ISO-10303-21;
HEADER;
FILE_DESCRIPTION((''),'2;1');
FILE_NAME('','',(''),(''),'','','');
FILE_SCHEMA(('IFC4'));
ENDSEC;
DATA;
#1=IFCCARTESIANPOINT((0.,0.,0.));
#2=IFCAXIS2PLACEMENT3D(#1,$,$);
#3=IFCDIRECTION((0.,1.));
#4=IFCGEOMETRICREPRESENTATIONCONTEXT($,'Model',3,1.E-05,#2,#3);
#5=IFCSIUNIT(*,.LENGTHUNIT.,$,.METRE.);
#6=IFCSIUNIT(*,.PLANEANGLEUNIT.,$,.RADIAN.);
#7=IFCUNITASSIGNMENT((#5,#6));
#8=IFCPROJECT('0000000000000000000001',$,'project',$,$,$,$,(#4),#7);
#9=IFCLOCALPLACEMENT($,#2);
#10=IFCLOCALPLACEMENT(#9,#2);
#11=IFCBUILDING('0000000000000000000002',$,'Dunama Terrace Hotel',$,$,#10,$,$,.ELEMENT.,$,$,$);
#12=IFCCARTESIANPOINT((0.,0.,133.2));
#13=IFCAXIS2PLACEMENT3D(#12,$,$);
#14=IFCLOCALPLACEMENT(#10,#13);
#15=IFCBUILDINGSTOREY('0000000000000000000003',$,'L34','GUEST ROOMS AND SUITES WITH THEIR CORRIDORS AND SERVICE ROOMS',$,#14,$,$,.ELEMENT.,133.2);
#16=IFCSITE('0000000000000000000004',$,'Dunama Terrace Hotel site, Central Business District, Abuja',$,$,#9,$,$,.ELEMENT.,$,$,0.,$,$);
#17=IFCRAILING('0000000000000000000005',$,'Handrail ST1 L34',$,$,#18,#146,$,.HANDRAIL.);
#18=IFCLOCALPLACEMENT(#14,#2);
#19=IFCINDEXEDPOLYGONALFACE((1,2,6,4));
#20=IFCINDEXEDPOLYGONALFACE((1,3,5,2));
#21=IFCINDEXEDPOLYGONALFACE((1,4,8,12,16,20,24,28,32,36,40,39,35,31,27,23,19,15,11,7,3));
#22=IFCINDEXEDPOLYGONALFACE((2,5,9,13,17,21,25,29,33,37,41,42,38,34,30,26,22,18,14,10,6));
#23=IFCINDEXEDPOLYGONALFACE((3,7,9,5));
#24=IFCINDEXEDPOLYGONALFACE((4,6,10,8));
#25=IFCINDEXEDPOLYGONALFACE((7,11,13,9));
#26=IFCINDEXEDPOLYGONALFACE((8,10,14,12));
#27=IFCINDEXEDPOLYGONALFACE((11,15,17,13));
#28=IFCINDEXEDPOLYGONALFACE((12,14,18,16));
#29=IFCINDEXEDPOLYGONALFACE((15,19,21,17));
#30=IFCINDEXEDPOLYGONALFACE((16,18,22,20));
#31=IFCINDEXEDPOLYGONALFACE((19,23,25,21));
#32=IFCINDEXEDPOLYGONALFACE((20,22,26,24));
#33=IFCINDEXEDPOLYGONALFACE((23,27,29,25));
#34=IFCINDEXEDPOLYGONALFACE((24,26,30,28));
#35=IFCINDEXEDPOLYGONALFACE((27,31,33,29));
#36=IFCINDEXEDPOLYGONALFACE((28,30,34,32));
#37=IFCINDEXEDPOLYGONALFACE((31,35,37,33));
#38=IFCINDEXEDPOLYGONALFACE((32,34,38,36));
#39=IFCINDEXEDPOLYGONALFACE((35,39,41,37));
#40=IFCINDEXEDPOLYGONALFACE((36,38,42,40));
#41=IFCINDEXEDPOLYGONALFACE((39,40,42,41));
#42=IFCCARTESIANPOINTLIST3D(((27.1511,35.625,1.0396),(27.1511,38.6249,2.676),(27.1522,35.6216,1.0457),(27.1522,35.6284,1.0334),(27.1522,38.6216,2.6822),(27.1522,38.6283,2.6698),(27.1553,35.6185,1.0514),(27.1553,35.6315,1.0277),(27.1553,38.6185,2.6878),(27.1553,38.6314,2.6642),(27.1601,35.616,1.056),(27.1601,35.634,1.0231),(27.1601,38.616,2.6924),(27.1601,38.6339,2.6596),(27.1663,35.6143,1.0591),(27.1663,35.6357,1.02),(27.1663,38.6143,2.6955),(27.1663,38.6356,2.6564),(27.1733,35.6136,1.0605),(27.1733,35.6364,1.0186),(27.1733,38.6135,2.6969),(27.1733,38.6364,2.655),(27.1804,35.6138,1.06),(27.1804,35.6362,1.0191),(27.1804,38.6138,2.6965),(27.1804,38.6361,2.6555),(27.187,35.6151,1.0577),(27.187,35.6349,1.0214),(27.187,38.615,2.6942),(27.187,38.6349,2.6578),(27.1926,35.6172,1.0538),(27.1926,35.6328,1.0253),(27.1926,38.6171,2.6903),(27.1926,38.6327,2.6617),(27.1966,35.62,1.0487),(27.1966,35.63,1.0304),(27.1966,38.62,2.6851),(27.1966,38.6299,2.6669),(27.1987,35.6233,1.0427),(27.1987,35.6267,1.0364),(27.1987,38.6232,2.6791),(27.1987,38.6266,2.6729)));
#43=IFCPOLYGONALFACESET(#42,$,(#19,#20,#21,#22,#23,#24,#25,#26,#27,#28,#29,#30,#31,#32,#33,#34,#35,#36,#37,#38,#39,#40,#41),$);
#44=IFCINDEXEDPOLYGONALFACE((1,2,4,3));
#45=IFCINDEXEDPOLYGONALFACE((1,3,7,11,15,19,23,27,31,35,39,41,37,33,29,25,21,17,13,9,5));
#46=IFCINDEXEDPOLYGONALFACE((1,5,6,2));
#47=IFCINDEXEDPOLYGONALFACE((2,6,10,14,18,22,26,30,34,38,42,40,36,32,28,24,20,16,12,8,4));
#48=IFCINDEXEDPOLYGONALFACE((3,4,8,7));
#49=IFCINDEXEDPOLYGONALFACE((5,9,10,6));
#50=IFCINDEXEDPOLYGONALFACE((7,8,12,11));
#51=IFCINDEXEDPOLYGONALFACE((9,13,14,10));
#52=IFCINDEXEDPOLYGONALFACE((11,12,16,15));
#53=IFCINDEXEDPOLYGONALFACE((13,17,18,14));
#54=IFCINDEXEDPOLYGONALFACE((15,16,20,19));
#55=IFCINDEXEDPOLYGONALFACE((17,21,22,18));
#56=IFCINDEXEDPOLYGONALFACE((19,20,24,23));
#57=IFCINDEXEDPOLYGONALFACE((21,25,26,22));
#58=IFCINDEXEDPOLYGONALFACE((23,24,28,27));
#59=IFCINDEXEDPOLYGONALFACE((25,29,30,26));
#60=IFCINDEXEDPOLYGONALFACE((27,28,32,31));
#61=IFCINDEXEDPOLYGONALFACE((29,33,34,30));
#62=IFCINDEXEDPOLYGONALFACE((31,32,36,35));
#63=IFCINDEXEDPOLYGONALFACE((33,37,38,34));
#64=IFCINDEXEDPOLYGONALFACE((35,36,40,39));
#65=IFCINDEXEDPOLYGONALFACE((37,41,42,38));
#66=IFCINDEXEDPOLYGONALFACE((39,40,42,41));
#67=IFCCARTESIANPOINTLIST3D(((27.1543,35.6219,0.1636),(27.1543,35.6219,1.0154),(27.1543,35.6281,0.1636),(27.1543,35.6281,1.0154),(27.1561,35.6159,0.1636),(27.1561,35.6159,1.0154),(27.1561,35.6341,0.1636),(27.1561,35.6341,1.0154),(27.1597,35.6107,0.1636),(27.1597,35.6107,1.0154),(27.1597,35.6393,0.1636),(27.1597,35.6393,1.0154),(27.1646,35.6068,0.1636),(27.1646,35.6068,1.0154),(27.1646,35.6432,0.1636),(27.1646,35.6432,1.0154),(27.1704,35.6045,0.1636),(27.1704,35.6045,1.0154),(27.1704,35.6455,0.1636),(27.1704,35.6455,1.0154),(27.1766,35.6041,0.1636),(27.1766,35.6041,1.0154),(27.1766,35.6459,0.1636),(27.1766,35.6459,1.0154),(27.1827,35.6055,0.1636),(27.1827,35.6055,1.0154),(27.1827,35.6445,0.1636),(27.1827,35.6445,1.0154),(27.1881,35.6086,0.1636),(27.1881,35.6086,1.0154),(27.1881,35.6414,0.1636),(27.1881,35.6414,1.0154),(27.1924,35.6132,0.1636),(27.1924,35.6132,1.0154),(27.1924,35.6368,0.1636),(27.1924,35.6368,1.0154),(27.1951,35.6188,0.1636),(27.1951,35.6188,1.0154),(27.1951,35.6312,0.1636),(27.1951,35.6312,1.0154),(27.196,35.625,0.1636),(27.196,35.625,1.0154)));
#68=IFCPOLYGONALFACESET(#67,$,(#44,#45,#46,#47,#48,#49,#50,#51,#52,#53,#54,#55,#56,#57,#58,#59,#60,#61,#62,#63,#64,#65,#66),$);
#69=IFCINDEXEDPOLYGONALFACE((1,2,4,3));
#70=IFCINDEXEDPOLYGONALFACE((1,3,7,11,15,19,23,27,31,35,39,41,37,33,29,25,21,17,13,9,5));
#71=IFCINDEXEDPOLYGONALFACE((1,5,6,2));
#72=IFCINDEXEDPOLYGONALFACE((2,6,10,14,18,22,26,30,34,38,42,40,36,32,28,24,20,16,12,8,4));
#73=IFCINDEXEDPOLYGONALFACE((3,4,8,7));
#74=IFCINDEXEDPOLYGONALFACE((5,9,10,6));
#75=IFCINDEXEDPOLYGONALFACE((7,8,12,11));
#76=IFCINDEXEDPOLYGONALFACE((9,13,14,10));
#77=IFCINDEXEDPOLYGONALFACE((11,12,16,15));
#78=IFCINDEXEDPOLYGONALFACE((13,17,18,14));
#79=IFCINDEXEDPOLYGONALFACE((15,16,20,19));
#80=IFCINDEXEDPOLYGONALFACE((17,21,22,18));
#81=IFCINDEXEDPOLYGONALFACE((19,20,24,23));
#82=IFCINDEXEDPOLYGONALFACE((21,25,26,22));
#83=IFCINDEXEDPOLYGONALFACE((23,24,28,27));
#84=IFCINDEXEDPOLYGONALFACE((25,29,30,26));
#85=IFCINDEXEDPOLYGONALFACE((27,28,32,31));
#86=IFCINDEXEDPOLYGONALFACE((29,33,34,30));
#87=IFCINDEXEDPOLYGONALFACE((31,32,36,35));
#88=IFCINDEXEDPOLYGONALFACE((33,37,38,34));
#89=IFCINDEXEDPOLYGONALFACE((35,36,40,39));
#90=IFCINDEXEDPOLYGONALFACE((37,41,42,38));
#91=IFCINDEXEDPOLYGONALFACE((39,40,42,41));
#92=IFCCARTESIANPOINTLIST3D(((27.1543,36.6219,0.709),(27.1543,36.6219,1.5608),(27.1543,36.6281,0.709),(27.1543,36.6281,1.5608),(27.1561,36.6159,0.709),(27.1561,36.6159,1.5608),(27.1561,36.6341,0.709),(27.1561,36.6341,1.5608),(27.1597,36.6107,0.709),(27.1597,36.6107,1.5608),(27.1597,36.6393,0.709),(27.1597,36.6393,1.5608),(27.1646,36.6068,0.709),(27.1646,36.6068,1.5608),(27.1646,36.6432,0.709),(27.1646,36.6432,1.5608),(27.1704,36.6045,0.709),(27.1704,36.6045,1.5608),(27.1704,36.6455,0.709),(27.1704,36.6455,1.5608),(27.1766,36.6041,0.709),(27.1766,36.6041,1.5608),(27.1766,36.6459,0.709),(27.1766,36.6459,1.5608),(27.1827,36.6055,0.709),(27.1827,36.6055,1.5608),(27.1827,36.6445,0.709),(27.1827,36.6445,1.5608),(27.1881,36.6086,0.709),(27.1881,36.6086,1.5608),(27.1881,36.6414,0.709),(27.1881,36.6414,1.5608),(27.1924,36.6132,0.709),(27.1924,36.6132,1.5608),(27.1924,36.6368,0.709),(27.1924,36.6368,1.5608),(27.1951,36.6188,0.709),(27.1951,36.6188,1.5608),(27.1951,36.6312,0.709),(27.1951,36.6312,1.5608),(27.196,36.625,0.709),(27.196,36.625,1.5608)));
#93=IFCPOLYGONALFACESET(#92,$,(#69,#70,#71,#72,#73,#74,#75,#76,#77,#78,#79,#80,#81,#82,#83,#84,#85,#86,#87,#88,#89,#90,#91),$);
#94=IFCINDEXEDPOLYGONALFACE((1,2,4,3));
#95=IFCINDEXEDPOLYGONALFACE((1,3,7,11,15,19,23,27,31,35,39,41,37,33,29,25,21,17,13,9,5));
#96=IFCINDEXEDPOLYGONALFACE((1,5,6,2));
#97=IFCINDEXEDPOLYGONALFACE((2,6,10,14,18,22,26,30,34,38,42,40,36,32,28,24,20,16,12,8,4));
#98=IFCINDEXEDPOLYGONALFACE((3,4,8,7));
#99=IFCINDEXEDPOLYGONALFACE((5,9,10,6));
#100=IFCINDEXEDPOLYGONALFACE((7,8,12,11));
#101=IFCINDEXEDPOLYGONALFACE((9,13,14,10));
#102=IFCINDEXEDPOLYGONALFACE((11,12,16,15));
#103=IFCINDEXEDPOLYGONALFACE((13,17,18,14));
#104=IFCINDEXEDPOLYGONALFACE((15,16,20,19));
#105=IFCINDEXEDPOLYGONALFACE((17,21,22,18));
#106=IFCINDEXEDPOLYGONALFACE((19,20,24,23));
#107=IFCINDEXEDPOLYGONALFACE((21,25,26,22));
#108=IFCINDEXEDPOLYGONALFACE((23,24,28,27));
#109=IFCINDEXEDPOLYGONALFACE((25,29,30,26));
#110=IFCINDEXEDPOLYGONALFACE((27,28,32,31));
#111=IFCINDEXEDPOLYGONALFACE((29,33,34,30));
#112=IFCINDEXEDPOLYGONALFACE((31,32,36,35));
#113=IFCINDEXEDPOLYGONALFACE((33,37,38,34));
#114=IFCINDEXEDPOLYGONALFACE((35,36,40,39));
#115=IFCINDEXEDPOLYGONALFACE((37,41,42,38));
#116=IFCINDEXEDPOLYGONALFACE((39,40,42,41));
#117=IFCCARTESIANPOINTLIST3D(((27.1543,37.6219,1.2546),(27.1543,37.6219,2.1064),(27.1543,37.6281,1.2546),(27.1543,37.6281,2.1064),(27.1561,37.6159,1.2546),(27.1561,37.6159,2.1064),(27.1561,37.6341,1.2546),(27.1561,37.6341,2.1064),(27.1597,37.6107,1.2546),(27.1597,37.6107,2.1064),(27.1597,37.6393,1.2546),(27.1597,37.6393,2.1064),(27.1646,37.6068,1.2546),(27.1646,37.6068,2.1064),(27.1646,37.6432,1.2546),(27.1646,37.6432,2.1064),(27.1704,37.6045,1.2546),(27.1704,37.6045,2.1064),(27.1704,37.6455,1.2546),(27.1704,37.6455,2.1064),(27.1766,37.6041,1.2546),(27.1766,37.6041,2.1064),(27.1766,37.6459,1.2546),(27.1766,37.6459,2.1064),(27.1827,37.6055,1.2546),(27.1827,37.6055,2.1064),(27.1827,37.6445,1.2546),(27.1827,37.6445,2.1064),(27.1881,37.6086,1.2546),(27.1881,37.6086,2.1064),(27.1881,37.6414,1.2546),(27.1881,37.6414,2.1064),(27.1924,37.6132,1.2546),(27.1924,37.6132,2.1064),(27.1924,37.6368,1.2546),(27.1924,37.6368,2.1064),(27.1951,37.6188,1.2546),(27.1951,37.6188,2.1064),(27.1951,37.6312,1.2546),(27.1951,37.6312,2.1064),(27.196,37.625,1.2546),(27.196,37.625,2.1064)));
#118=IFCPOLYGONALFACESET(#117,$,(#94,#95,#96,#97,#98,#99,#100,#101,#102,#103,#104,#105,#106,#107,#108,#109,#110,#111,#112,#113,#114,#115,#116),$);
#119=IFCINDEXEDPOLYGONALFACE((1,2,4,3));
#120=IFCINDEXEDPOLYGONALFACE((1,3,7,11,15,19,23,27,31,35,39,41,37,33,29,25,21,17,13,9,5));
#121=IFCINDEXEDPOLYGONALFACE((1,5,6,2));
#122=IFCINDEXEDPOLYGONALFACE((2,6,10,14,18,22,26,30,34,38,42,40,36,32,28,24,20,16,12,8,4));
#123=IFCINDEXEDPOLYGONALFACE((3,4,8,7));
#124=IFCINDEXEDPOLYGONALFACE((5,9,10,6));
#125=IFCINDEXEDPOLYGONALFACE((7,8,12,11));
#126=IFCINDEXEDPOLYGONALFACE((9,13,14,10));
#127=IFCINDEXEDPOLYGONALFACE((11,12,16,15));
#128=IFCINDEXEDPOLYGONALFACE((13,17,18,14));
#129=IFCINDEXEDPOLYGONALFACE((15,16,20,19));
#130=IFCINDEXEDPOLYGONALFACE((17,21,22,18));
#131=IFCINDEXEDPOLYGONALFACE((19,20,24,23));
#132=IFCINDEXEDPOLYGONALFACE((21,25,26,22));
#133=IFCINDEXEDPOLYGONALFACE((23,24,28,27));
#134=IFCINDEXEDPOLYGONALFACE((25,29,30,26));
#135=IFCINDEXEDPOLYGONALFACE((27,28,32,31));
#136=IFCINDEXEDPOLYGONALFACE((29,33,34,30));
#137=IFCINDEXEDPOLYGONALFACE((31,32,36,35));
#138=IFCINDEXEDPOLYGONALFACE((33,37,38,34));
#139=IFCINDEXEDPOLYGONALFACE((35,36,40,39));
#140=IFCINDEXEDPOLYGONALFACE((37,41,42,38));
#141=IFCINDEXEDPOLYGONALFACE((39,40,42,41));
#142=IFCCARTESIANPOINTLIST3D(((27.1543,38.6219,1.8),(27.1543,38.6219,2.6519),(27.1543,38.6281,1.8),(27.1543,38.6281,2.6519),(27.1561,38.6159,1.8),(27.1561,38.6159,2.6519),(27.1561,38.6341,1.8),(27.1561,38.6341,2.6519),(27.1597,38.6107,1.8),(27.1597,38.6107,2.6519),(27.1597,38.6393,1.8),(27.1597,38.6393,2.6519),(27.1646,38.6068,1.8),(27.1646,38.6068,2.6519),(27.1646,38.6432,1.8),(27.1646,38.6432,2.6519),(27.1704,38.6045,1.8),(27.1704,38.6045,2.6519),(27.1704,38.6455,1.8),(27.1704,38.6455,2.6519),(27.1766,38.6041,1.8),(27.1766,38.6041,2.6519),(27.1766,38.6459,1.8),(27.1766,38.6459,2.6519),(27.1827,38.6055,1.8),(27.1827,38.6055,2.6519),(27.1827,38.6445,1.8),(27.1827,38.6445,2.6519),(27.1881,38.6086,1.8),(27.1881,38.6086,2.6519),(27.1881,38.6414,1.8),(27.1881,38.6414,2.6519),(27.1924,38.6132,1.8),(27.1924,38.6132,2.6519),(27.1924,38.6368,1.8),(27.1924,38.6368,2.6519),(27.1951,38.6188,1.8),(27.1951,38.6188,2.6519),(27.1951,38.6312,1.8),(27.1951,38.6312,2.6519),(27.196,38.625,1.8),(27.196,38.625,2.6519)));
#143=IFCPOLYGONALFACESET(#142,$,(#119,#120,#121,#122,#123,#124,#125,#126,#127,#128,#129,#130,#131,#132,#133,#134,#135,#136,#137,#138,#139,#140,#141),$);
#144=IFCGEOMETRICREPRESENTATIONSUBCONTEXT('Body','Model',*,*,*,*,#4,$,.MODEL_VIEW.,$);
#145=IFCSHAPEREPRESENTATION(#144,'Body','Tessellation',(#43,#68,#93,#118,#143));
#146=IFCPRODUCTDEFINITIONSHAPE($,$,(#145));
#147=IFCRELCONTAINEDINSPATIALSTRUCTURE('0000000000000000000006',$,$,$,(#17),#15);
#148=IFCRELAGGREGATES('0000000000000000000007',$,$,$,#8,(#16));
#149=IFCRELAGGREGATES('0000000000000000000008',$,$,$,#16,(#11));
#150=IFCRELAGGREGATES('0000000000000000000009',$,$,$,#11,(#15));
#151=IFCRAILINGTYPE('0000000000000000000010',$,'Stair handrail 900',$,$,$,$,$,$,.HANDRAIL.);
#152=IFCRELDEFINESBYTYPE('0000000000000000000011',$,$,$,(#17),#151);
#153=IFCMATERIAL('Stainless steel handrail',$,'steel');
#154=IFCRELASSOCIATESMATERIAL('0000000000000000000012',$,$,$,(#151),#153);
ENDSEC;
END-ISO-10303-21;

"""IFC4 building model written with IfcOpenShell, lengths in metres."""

from ifc_helpers import new_model, si_unit, direction, frame, origin, origin_2d, place, context, subcontext, project, spatial, circle, extrude, material, type_object, element, save


model = new_model("IFC4")

# Units and contexts
model_context = context("Model", 3, precision=1e-05, world=origin(), true_north=direction((0.0, 1.0)))
body_context = subcontext(model_context, "Body", "Model", "MODEL_VIEW")
ifc_project = project(units=[si_unit("LENGTHUNIT", "METRE"), si_unit("PLANEANGLEUNIT", "RADIAN")], contexts=[model_context])

# Site, building, storey
site_placement = place(None, origin())
site = spatial("IfcSite", under=ifc_project, at=site_placement, Name="Dunama Terrace Hotel site, Central Business District, Abuja", CompositionType="ELEMENT", RefElevation=0.0)
building_placement = place(site_placement, origin())
building = spatial("IfcBuilding", under=site, at=building_placement, Name="Dunama Terrace Hotel", CompositionType="ELEMENT")
storey_placement = place(building_placement, frame((0.0, 0.0, 133.2)))
storey = spatial("IfcBuildingStorey", under=building, at=storey_placement, Name="L34", Description="GUEST ROOMS AND SUITES WITH THEIR CORRIDORS AND SERVICE ROOMS", CompositionType="ELEMENT", Elevation=133.2)

# Railing
ifc_material_1 = material(Name="Stainless steel handrail", Category="steel")
railing_type = type_object("IfcRailingType", Name="Stair handrail 900", PredefinedType="HANDRAIL", material=ifc_material_1)
railing_1_placement = place(storey_placement, frame((27.175, 35.625, 0.1636)))
element("IfcRailing", 1, at=railing_1_placement, inside=storey, type_object=railing_type, Name="Handrail ST1 L34", PredefinedType="HANDRAIL", context=body_context, shape_type="SweptSolid", body=[
    extrude(circle(Radius=0.0239, at=origin_2d()), frame((0.0, 0.0, 0.876), z_axis=(0.0, 0.877882, 0.478877), x_axis=(-1.0, 0.0, 0.0)), (0.0, 0.0, 1.0), 3.4172),
    extrude(circle(Radius=0.021, at=origin_2d()), origin(), (0.0, 0.0, 1.0), 0.8518),
    extrude(circle(Radius=0.021, at=origin_2d()), frame((0.0, 1.0, 0.5454)), (0.0, 0.0, 1.0), 0.8518),
    extrude(circle(Radius=0.021, at=origin_2d()), frame((0.0, 2.0, 1.0911)), (0.0, 0.0, 1.0), 0.8518),
    extrude(circle(Radius=0.021, at=origin_2d()), frame((0.0, 3.0, 1.6365)), (0.0, 0.0, 1.0), 0.8518),
])

save(model, "model.ifc")
